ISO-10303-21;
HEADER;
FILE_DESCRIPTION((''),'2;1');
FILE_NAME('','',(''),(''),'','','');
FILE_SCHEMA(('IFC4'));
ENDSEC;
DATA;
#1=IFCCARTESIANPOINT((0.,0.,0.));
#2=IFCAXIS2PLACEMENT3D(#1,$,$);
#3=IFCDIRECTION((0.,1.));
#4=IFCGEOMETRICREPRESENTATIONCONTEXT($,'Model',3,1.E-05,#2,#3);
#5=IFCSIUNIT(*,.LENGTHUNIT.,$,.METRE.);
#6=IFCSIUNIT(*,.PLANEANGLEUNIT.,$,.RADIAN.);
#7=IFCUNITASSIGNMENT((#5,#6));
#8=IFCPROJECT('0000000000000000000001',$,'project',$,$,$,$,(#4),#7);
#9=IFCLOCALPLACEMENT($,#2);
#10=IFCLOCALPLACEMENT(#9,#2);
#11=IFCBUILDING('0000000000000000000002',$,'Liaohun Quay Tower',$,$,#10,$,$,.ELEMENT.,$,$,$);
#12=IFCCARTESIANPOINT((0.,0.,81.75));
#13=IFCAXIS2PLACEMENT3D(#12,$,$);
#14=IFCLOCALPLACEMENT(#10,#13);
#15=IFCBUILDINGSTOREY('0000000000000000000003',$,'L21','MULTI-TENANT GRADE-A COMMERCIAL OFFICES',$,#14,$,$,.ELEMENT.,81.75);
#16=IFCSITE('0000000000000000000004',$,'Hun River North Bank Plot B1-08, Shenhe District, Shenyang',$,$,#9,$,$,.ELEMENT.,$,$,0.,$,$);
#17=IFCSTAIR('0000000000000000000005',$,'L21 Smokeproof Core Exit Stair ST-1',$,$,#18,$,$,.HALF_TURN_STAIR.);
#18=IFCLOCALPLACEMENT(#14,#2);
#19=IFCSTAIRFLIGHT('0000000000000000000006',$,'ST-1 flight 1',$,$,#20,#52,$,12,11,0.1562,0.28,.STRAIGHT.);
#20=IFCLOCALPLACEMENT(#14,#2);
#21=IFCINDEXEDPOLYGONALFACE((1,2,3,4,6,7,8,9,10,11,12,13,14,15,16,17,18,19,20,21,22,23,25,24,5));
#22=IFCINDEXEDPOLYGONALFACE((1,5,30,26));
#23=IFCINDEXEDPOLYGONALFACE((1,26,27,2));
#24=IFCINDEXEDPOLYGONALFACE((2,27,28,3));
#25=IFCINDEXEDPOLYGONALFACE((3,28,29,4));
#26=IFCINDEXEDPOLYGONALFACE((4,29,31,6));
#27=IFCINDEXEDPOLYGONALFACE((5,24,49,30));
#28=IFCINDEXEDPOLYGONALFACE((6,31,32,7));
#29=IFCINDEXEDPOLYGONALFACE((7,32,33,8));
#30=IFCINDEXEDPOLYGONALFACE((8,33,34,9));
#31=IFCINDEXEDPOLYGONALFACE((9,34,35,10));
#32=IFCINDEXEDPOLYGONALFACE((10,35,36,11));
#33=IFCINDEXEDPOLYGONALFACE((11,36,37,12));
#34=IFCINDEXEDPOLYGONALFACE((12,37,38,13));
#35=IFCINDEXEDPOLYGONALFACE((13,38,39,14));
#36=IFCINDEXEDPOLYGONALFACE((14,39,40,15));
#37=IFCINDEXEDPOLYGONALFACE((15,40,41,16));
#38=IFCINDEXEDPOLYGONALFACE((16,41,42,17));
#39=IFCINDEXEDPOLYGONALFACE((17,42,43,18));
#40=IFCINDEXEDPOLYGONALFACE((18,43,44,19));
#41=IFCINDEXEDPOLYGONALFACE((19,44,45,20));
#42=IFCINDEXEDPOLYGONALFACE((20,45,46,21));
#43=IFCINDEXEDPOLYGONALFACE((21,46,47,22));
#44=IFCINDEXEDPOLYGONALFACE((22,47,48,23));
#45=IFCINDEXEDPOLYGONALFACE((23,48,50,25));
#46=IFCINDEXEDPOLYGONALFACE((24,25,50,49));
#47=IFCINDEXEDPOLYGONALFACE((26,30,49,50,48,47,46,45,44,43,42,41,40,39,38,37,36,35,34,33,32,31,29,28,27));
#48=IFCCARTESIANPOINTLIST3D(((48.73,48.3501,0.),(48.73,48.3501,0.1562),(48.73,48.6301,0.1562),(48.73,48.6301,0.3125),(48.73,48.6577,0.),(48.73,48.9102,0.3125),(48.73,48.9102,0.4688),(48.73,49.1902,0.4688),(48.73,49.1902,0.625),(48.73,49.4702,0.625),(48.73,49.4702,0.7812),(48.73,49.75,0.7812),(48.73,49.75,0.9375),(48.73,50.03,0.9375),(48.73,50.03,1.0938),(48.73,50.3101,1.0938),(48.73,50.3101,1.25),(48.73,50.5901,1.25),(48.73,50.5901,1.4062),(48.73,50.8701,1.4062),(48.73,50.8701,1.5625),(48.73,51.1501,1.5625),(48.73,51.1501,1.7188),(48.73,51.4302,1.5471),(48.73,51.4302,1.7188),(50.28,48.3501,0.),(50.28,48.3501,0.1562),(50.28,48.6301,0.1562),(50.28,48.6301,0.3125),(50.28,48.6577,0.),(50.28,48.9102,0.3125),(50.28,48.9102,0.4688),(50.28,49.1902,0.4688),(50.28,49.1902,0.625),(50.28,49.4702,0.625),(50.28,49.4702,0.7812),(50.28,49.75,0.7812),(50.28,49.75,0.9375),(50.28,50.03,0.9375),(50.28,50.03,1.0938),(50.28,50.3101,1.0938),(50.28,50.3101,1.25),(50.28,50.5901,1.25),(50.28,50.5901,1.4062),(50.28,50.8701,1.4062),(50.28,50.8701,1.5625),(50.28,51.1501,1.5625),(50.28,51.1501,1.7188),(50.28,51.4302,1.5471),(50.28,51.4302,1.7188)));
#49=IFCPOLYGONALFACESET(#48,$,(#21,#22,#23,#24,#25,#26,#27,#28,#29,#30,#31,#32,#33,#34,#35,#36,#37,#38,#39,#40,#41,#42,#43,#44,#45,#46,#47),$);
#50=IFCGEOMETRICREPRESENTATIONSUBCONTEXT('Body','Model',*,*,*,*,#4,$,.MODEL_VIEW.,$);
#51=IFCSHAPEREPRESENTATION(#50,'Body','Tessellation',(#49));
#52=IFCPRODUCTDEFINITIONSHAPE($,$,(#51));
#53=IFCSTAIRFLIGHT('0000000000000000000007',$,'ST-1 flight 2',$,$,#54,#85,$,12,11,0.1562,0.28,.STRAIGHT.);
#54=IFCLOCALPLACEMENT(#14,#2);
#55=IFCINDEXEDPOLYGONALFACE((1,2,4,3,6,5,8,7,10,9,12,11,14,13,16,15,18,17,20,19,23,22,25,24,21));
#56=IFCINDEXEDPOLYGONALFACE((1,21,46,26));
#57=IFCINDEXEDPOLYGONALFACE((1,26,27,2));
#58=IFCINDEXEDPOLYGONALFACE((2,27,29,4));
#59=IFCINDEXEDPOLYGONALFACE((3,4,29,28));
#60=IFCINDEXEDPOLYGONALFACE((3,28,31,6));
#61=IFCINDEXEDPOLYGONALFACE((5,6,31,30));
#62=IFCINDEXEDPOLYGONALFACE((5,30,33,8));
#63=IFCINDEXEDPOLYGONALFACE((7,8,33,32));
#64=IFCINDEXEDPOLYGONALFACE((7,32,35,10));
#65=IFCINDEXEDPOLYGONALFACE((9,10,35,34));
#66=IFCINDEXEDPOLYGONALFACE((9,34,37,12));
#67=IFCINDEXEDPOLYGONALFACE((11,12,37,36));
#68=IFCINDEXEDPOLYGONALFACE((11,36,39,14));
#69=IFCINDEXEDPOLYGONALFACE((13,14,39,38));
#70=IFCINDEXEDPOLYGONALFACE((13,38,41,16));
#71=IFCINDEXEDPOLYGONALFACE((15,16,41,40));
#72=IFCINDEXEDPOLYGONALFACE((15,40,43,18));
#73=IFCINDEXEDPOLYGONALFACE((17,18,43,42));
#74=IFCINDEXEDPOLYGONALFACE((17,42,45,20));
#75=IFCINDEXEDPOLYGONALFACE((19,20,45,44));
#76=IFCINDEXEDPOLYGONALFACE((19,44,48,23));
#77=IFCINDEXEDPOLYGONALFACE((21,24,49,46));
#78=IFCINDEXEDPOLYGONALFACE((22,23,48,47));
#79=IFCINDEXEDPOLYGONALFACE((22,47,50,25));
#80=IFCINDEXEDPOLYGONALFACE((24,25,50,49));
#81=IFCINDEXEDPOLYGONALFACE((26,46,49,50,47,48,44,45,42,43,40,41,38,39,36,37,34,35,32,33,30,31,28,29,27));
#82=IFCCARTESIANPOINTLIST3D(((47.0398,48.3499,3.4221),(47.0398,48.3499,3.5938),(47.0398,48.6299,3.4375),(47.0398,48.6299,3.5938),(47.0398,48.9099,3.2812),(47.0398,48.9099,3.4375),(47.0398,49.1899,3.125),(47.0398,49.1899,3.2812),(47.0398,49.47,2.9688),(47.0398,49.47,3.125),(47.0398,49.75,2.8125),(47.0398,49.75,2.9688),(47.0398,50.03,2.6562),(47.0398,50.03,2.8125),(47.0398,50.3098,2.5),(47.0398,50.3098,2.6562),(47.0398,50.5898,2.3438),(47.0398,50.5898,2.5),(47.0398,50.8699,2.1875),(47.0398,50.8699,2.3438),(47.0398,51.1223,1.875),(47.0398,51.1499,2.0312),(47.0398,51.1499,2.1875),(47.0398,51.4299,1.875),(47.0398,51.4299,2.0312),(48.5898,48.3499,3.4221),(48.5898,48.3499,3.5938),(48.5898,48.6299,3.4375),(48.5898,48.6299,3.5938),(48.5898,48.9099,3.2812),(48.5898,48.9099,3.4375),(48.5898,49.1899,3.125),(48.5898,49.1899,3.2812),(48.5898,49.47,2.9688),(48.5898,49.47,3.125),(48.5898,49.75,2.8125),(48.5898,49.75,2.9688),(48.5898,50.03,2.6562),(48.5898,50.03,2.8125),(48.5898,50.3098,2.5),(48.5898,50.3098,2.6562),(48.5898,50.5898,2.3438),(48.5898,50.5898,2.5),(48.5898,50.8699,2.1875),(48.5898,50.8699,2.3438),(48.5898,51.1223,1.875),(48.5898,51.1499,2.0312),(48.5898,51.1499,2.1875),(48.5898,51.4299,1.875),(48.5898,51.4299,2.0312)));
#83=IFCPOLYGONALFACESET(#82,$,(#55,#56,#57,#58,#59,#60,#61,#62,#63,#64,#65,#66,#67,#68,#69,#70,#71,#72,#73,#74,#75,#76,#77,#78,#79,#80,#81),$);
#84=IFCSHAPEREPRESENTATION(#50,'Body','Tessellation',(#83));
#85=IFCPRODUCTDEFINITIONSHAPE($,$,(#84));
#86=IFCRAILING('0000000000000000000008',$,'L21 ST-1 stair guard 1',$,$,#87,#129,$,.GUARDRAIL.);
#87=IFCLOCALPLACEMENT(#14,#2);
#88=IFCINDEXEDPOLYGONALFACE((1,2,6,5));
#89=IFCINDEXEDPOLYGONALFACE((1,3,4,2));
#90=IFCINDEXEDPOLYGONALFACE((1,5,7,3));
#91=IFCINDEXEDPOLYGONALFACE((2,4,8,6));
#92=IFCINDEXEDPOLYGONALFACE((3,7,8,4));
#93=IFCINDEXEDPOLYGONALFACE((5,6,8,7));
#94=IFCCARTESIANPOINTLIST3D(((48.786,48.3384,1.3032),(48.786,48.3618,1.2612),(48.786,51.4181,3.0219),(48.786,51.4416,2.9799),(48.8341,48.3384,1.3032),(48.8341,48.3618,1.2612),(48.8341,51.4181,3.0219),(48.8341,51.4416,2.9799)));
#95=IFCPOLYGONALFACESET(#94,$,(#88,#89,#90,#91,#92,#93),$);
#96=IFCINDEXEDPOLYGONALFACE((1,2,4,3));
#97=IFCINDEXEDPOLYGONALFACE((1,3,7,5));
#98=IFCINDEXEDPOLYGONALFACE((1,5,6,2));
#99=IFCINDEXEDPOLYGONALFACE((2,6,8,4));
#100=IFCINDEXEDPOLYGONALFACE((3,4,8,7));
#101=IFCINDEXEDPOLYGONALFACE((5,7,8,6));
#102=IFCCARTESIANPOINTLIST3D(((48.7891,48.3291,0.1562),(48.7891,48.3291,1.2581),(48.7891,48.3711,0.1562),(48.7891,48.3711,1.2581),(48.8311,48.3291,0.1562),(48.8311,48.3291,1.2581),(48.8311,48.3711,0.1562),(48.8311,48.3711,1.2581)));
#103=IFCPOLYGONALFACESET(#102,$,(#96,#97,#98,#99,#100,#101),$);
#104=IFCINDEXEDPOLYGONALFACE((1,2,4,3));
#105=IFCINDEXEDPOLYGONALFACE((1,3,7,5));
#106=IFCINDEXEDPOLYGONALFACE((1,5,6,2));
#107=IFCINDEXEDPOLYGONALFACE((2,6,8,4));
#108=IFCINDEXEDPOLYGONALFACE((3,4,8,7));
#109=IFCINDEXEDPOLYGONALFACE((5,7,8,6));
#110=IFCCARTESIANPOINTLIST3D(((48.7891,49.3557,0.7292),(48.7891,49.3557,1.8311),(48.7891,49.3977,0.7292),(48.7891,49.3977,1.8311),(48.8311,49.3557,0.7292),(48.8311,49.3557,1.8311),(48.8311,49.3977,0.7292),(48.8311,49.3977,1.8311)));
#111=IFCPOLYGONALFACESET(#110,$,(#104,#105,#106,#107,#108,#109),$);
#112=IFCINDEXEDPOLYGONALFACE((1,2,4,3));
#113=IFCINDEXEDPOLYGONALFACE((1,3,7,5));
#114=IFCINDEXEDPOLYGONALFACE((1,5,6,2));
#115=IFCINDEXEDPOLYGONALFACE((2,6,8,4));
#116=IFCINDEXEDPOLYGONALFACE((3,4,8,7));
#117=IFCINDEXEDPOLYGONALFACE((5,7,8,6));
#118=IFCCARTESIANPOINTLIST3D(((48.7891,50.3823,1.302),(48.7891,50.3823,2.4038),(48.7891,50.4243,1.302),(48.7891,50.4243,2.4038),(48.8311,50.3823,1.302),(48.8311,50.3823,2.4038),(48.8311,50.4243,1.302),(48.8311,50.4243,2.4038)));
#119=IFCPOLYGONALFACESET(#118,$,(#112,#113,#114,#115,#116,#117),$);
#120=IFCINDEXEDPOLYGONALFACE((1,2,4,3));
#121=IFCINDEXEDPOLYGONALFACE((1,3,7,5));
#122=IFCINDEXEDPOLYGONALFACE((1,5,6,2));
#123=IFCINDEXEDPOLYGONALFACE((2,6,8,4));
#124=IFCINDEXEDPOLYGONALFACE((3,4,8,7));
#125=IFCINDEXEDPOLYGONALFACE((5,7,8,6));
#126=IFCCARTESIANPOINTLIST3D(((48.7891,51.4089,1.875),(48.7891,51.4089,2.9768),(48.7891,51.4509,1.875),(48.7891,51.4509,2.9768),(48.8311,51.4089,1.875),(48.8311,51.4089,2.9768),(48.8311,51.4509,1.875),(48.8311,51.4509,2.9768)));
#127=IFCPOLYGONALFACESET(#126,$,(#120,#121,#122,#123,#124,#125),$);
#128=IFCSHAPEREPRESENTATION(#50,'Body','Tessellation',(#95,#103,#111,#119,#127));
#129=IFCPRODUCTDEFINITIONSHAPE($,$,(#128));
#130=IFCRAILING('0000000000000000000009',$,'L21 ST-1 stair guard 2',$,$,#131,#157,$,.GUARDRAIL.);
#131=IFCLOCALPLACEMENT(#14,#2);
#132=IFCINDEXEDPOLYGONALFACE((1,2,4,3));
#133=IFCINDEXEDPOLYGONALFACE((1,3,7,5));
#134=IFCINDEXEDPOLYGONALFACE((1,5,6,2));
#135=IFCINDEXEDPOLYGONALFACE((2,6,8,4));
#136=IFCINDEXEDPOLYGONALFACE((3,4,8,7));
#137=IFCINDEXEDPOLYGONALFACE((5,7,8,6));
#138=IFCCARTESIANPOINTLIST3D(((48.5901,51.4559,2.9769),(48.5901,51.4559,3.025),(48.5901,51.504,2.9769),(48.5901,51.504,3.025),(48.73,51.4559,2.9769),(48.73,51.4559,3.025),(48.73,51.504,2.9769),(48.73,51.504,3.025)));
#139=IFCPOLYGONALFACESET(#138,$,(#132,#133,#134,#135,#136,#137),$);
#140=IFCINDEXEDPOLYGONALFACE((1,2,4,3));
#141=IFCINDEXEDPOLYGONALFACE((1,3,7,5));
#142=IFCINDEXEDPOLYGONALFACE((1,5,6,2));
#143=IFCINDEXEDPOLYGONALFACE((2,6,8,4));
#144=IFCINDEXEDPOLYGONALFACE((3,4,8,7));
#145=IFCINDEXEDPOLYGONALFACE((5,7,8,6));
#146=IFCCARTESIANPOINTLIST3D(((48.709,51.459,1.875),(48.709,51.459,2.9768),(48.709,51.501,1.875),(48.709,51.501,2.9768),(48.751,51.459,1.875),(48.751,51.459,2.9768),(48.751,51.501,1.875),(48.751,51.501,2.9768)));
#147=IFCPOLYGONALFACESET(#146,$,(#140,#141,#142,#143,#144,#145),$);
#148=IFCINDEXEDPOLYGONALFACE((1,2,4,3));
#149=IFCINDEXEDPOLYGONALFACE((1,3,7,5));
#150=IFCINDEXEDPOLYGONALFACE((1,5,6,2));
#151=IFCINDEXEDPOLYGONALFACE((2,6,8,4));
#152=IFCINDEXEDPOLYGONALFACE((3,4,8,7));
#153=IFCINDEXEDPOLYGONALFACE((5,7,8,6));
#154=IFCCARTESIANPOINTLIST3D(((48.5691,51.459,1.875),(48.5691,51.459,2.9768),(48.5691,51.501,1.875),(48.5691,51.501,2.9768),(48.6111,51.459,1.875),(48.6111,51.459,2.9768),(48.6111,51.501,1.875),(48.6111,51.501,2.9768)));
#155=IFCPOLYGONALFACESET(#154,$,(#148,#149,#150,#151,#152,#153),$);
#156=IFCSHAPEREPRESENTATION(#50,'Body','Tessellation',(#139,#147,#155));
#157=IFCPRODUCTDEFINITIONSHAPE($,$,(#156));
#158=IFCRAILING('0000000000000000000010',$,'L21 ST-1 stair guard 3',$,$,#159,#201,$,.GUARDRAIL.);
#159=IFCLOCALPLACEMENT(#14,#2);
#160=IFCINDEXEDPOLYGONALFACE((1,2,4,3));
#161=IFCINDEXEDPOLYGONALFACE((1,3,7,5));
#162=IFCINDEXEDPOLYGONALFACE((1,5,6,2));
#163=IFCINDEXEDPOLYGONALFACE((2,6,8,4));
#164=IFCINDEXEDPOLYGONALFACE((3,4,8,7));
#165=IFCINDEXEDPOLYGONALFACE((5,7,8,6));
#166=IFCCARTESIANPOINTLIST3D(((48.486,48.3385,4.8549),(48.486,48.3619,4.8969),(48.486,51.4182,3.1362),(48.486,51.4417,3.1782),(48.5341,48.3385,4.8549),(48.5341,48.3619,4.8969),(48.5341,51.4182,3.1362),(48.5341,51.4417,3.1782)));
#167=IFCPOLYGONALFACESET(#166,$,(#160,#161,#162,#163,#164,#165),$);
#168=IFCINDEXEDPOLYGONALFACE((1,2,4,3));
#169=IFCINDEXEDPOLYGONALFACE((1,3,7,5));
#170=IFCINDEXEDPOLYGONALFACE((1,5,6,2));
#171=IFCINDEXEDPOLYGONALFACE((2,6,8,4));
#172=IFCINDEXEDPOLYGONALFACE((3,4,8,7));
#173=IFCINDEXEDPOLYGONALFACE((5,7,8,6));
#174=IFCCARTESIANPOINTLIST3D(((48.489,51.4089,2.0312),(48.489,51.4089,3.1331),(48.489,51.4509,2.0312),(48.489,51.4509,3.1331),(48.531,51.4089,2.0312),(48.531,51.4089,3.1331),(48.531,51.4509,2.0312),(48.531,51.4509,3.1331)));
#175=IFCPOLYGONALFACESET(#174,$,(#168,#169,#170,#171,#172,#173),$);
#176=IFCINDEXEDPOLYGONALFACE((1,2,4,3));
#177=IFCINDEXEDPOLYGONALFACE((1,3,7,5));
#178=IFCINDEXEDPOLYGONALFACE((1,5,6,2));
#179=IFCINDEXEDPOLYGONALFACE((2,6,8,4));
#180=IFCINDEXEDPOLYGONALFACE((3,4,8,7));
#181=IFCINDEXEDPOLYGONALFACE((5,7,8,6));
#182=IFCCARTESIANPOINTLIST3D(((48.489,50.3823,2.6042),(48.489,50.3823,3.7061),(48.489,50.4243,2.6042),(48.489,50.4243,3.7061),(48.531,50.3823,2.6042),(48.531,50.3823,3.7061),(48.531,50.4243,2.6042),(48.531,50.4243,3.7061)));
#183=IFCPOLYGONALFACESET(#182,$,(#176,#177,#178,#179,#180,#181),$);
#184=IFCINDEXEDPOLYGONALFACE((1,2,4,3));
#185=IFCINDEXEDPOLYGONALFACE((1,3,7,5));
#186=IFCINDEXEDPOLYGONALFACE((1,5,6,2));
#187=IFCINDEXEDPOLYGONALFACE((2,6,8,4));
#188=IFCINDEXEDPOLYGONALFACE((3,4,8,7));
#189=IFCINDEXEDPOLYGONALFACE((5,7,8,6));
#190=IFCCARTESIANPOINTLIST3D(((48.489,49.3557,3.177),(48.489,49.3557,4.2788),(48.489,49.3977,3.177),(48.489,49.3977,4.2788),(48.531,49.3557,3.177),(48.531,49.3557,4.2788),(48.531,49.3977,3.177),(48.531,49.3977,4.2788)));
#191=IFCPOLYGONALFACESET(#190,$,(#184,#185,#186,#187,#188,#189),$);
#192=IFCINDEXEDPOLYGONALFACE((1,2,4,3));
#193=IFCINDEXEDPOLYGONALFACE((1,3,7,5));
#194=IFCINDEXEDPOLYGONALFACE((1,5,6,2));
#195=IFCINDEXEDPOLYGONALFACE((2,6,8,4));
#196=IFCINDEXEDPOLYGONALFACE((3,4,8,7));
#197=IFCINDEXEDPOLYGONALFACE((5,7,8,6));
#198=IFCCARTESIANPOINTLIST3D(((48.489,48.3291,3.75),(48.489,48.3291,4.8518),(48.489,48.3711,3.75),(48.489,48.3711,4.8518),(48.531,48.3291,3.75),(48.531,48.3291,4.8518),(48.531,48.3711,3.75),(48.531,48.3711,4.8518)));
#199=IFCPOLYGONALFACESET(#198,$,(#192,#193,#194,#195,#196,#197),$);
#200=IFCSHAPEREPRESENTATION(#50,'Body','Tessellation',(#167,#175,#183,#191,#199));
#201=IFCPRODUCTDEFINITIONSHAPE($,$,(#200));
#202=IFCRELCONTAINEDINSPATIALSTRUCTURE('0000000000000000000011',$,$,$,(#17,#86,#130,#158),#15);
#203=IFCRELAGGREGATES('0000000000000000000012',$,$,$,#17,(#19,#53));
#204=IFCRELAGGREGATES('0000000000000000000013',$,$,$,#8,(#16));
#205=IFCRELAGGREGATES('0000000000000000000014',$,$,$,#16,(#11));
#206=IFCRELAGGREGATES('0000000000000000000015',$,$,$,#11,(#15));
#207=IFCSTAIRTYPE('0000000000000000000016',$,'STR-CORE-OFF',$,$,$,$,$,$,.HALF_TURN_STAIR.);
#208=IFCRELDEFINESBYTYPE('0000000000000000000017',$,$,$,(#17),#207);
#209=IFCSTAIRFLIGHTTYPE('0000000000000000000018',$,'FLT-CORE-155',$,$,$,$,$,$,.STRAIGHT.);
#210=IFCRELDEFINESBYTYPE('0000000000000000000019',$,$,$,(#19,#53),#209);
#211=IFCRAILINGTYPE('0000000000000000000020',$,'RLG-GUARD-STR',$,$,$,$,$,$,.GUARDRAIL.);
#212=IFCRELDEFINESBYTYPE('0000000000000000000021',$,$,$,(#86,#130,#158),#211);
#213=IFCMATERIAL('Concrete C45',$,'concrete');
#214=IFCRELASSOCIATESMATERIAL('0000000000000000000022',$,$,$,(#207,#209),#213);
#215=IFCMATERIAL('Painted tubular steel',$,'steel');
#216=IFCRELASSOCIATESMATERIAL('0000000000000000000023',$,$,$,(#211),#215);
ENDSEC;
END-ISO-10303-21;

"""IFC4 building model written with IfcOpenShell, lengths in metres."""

from ifc_helpers import new_model, si_unit, direction, frame, origin, origin_2d, place, context, subcontext, project, spatial, polyline, rectangle, outline, extrude, material, type_object, element, aggregate, save


model = new_model("IFC4")

# Units and contexts
model_context = context("Model", 3, precision=1e-05, world=origin(), true_north=direction((0.0, 1.0)))
body_context = subcontext(model_context, "Body", "Model", "MODEL_VIEW")
ifc_project = project(units=[si_unit("LENGTHUNIT", "METRE"), si_unit("PLANEANGLEUNIT", "RADIAN")], contexts=[model_context])

# Site, building, storey
site_placement = place(None, origin())
site = spatial("IfcSite", under=ifc_project, at=site_placement, Name="Hun River North Bank Plot B1-08, Shenhe District, Shenyang", CompositionType="ELEMENT", RefElevation=0.0)
building_placement = place(site_placement, origin())
building = spatial("IfcBuilding", under=site, at=building_placement, Name="Liaohun Quay Tower", CompositionType="ELEMENT")
storey_placement = place(building_placement, frame((0.0, 0.0, 81.75)))
storey = spatial("IfcBuildingStorey", under=building, at=storey_placement, Name="L21", Description="MULTI-TENANT GRADE-A COMMERCIAL OFFICES", CompositionType="ELEMENT", Elevation=81.75)

# Stair, stair flights
ifc_material_1 = material(Name="Concrete C45", Category="concrete")
stair_type = type_object("IfcStairType", Name="STR-CORE-OFF", PredefinedType="HALF_TURN_STAIR", material=ifc_material_1)
stair_placement = place(storey_placement, origin())
stair = element("IfcStair", 1, at=stair_placement, inside=storey, type_object=stair_type, Name="L21 Smokeproof Core Exit Stair ST-1", PredefinedType="HALF_TURN_STAIR")
stair_flight_type = type_object("IfcStairFlightType", Name="FLT-CORE-155", PredefinedType="STRAIGHT", material=ifc_material_1)
stair_flight_1_placement = place(storey_placement, frame((49.5049, 48.3501, 0.0), z_axis=(0.0, 0.0, 1.0), x_axis=(0.0, 1.0, 0.0)))
stair_flight_1 = element("IfcStairFlight", 2, at=stair_flight_1_placement, type_object=stair_flight_type, Name="ST-1 flight 1", NumberOfRisers=12, NumberOfTreads=11, PredefinedType="STRAIGHT", RiserHeight=0.1562, TreadLength=0.28, context=body_context, shape_type="SweptSolid", body=[
    extrude(outline(polyline([(0.0, 0.0), (0.0, 0.1562), (0.28, 0.1562), (0.28, 0.3125), (0.5601, 0.3125), (0.5601, 0.4688), (0.8401, 0.4688), (0.8401, 0.625), (1.1201, 0.625), (1.1201, 0.7812), (1.3999, 0.7812), (1.3999, 0.9375), (1.6799, 0.9375), (1.6799, 1.0938), (1.96, 1.0938), (1.96, 1.25), (2.24, 1.25), (2.24, 1.4062), (2.52, 1.4062), (2.52, 1.5625), (2.8, 1.5625), (2.8, 1.7188), (3.0801, 1.7188), (3.0801, 1.875), (3.0801, 1.5471), (0.3076, 0.0), (0.0, 0.0)])), frame((0.0, 0.7749, 0.0), z_axis=(0.0, -1.0, 0.0), x_axis=(1.0, 0.0, 0.0)), (0.0, 0.0, 1.0), 1.55),
])
stair_flight_2_placement = place(storey_placement, frame((47.8149, 51.4299, 1.875), z_axis=(0.0, 0.0, 1.0), x_axis=(0.0, -1.0, 0.0)))
stair_flight_2 = element("IfcStairFlight", 3, at=stair_flight_2_placement, type_object=stair_flight_type, Name="ST-1 flight 2", NumberOfRisers=12, NumberOfTreads=11, PredefinedType="STRAIGHT", RiserHeight=0.1562, TreadLength=0.28, context=body_context, shape_type="SweptSolid", body=[
    extrude(outline(polyline([(0.0, 0.0), (0.0, 0.1562), (0.28, 0.1562), (0.28, 0.3125), (0.5601, 0.3125), (0.5601, 0.4688), (0.8401, 0.4688), (0.8401, 0.625), (1.1201, 0.625), (1.1201, 0.7812), (1.3999, 0.7812), (1.3999, 0.9375), (1.6799, 0.9375), (1.6799, 1.0938), (1.96, 1.0938), (1.96, 1.25), (2.24, 1.25), (2.24, 1.4062), (2.52, 1.4062), (2.52, 1.5625), (2.8, 1.5625), (2.8, 1.7188), (3.0801, 1.7188), (3.0801, 1.875), (3.0801, 1.5471), (0.3076, 0.0), (0.0, 0.0)])), frame((0.0, 0.7749, 0.0), z_axis=(0.0, -1.0, 0.0), x_axis=(1.0, 0.0, 0.0)), (0.0, 0.0, 1.0), 1.55),
])
aggregate(stair, [stair_flight_1, stair_flight_2])

# Railings
ifc_material_2 = material(Name="Painted tubular steel", Category="steel")
railing_type_1 = type_object("IfcRailingType", Name="RLG-GUARD-STR", PredefinedType="GUARDRAIL", material=ifc_material_2)
railing_1_placement = place(storey_placement, frame((48.8101, 48.3501, 0.1562)))
element("IfcRailing", 4, at=railing_1_placement, inside=storey, type_object=railing_type_1, Name="L21 ST-1 stair guard 1", PredefinedType="GUARDRAIL", context=body_context, shape_type="SweptSolid", body=[
    extrude(rectangle(XDim=0.0481, YDim=0.0481, at=origin_2d()), frame((0.0, 0.0, 1.126), z_axis=(0.0, 0.873225, 0.487317), x_axis=(-1.0, 0.0, 0.0)), (0.0, 0.0, 1.0), 3.5269),
    extrude(rectangle(XDim=0.042, YDim=0.042, at=origin_2d()), origin(), (0.0, 0.0, 1.0), 1.1018),
    extrude(rectangle(XDim=0.042, YDim=0.042, at=origin_2d()), frame((0.0, 1.0266, 0.573)), (0.0, 0.0, 1.0), 1.1018),
    extrude(rectangle(XDim=0.042, YDim=0.042, at=origin_2d()), frame((0.0, 2.0532, 1.1458)), (0.0, 0.0, 1.0), 1.1018),
    extrude(rectangle(XDim=0.042, YDim=0.042, at=origin_2d()), frame((0.0, 3.0798, 1.7188)), (0.0, 0.0, 1.0), 1.1018),
])
railing_2_placement = place(storey_placement, frame((48.73, 51.48, 1.875)))
element("IfcRailing", 5, at=railing_2_placement, inside=storey, type_object=railing_type_1, Name="L21 ST-1 stair guard 2", PredefinedType="GUARDRAIL", context=body_context, shape_type="SweptSolid", body=[
    extrude(rectangle(XDim=0.0481, YDim=0.0481, at=origin_2d()), frame((0.0, 0.0, 1.126), z_axis=(-1.0, 0.0, 0.0), x_axis=(0.0, -1.0, 0.0)), (0.0, 0.0, 1.0), 0.1399),
    extrude(rectangle(XDim=0.042, YDim=0.042, at=origin_2d()), origin(), (0.0, 0.0, 1.0), 1.1018),
    extrude(rectangle(XDim=0.042, YDim=0.042, at=origin_2d()), frame((-0.1399, 0.0, 0.0)), (0.0, 0.0, 1.0), 1.1018),
])
railing_3_placement = place(storey_placement, frame((48.51, 51.4299, 2.0312)))
element("IfcRailing", 6, at=railing_3_placement, inside=storey, type_object=railing_type_1, Name="L21 ST-1 stair guard 3", PredefinedType="GUARDRAIL", context=body_context, shape_type="SweptSolid", body=[
    extrude(rectangle(XDim=0.0481, YDim=0.0481, at=origin_2d()), frame((0.0, 0.0, 1.126), z_axis=(0.0, -0.873225, 0.487317), x_axis=(1.0, 0.0, 0.0)), (0.0, 0.0, 1.0), 3.5269),
    extrude(rectangle(XDim=0.042, YDim=0.042, at=origin_2d()), origin(), (0.0, 0.0, 1.0), 1.1018),
    extrude(rectangle(XDim=0.042, YDim=0.042, at=origin_2d()), frame((0.0, -1.0266, 0.573)), (0.0, 0.0, 1.0), 1.1018),
    extrude(rectangle(XDim=0.042, YDim=0.042, at=origin_2d()), frame((0.0, -2.0532, 1.1458)), (0.0, 0.0, 1.0), 1.1018),
    extrude(rectangle(XDim=0.042, YDim=0.042, at=origin_2d()), frame((0.0, -3.0798, 1.7188)), (0.0, 0.0, 1.0), 1.1018),
])

save(model, "model.ifc")
